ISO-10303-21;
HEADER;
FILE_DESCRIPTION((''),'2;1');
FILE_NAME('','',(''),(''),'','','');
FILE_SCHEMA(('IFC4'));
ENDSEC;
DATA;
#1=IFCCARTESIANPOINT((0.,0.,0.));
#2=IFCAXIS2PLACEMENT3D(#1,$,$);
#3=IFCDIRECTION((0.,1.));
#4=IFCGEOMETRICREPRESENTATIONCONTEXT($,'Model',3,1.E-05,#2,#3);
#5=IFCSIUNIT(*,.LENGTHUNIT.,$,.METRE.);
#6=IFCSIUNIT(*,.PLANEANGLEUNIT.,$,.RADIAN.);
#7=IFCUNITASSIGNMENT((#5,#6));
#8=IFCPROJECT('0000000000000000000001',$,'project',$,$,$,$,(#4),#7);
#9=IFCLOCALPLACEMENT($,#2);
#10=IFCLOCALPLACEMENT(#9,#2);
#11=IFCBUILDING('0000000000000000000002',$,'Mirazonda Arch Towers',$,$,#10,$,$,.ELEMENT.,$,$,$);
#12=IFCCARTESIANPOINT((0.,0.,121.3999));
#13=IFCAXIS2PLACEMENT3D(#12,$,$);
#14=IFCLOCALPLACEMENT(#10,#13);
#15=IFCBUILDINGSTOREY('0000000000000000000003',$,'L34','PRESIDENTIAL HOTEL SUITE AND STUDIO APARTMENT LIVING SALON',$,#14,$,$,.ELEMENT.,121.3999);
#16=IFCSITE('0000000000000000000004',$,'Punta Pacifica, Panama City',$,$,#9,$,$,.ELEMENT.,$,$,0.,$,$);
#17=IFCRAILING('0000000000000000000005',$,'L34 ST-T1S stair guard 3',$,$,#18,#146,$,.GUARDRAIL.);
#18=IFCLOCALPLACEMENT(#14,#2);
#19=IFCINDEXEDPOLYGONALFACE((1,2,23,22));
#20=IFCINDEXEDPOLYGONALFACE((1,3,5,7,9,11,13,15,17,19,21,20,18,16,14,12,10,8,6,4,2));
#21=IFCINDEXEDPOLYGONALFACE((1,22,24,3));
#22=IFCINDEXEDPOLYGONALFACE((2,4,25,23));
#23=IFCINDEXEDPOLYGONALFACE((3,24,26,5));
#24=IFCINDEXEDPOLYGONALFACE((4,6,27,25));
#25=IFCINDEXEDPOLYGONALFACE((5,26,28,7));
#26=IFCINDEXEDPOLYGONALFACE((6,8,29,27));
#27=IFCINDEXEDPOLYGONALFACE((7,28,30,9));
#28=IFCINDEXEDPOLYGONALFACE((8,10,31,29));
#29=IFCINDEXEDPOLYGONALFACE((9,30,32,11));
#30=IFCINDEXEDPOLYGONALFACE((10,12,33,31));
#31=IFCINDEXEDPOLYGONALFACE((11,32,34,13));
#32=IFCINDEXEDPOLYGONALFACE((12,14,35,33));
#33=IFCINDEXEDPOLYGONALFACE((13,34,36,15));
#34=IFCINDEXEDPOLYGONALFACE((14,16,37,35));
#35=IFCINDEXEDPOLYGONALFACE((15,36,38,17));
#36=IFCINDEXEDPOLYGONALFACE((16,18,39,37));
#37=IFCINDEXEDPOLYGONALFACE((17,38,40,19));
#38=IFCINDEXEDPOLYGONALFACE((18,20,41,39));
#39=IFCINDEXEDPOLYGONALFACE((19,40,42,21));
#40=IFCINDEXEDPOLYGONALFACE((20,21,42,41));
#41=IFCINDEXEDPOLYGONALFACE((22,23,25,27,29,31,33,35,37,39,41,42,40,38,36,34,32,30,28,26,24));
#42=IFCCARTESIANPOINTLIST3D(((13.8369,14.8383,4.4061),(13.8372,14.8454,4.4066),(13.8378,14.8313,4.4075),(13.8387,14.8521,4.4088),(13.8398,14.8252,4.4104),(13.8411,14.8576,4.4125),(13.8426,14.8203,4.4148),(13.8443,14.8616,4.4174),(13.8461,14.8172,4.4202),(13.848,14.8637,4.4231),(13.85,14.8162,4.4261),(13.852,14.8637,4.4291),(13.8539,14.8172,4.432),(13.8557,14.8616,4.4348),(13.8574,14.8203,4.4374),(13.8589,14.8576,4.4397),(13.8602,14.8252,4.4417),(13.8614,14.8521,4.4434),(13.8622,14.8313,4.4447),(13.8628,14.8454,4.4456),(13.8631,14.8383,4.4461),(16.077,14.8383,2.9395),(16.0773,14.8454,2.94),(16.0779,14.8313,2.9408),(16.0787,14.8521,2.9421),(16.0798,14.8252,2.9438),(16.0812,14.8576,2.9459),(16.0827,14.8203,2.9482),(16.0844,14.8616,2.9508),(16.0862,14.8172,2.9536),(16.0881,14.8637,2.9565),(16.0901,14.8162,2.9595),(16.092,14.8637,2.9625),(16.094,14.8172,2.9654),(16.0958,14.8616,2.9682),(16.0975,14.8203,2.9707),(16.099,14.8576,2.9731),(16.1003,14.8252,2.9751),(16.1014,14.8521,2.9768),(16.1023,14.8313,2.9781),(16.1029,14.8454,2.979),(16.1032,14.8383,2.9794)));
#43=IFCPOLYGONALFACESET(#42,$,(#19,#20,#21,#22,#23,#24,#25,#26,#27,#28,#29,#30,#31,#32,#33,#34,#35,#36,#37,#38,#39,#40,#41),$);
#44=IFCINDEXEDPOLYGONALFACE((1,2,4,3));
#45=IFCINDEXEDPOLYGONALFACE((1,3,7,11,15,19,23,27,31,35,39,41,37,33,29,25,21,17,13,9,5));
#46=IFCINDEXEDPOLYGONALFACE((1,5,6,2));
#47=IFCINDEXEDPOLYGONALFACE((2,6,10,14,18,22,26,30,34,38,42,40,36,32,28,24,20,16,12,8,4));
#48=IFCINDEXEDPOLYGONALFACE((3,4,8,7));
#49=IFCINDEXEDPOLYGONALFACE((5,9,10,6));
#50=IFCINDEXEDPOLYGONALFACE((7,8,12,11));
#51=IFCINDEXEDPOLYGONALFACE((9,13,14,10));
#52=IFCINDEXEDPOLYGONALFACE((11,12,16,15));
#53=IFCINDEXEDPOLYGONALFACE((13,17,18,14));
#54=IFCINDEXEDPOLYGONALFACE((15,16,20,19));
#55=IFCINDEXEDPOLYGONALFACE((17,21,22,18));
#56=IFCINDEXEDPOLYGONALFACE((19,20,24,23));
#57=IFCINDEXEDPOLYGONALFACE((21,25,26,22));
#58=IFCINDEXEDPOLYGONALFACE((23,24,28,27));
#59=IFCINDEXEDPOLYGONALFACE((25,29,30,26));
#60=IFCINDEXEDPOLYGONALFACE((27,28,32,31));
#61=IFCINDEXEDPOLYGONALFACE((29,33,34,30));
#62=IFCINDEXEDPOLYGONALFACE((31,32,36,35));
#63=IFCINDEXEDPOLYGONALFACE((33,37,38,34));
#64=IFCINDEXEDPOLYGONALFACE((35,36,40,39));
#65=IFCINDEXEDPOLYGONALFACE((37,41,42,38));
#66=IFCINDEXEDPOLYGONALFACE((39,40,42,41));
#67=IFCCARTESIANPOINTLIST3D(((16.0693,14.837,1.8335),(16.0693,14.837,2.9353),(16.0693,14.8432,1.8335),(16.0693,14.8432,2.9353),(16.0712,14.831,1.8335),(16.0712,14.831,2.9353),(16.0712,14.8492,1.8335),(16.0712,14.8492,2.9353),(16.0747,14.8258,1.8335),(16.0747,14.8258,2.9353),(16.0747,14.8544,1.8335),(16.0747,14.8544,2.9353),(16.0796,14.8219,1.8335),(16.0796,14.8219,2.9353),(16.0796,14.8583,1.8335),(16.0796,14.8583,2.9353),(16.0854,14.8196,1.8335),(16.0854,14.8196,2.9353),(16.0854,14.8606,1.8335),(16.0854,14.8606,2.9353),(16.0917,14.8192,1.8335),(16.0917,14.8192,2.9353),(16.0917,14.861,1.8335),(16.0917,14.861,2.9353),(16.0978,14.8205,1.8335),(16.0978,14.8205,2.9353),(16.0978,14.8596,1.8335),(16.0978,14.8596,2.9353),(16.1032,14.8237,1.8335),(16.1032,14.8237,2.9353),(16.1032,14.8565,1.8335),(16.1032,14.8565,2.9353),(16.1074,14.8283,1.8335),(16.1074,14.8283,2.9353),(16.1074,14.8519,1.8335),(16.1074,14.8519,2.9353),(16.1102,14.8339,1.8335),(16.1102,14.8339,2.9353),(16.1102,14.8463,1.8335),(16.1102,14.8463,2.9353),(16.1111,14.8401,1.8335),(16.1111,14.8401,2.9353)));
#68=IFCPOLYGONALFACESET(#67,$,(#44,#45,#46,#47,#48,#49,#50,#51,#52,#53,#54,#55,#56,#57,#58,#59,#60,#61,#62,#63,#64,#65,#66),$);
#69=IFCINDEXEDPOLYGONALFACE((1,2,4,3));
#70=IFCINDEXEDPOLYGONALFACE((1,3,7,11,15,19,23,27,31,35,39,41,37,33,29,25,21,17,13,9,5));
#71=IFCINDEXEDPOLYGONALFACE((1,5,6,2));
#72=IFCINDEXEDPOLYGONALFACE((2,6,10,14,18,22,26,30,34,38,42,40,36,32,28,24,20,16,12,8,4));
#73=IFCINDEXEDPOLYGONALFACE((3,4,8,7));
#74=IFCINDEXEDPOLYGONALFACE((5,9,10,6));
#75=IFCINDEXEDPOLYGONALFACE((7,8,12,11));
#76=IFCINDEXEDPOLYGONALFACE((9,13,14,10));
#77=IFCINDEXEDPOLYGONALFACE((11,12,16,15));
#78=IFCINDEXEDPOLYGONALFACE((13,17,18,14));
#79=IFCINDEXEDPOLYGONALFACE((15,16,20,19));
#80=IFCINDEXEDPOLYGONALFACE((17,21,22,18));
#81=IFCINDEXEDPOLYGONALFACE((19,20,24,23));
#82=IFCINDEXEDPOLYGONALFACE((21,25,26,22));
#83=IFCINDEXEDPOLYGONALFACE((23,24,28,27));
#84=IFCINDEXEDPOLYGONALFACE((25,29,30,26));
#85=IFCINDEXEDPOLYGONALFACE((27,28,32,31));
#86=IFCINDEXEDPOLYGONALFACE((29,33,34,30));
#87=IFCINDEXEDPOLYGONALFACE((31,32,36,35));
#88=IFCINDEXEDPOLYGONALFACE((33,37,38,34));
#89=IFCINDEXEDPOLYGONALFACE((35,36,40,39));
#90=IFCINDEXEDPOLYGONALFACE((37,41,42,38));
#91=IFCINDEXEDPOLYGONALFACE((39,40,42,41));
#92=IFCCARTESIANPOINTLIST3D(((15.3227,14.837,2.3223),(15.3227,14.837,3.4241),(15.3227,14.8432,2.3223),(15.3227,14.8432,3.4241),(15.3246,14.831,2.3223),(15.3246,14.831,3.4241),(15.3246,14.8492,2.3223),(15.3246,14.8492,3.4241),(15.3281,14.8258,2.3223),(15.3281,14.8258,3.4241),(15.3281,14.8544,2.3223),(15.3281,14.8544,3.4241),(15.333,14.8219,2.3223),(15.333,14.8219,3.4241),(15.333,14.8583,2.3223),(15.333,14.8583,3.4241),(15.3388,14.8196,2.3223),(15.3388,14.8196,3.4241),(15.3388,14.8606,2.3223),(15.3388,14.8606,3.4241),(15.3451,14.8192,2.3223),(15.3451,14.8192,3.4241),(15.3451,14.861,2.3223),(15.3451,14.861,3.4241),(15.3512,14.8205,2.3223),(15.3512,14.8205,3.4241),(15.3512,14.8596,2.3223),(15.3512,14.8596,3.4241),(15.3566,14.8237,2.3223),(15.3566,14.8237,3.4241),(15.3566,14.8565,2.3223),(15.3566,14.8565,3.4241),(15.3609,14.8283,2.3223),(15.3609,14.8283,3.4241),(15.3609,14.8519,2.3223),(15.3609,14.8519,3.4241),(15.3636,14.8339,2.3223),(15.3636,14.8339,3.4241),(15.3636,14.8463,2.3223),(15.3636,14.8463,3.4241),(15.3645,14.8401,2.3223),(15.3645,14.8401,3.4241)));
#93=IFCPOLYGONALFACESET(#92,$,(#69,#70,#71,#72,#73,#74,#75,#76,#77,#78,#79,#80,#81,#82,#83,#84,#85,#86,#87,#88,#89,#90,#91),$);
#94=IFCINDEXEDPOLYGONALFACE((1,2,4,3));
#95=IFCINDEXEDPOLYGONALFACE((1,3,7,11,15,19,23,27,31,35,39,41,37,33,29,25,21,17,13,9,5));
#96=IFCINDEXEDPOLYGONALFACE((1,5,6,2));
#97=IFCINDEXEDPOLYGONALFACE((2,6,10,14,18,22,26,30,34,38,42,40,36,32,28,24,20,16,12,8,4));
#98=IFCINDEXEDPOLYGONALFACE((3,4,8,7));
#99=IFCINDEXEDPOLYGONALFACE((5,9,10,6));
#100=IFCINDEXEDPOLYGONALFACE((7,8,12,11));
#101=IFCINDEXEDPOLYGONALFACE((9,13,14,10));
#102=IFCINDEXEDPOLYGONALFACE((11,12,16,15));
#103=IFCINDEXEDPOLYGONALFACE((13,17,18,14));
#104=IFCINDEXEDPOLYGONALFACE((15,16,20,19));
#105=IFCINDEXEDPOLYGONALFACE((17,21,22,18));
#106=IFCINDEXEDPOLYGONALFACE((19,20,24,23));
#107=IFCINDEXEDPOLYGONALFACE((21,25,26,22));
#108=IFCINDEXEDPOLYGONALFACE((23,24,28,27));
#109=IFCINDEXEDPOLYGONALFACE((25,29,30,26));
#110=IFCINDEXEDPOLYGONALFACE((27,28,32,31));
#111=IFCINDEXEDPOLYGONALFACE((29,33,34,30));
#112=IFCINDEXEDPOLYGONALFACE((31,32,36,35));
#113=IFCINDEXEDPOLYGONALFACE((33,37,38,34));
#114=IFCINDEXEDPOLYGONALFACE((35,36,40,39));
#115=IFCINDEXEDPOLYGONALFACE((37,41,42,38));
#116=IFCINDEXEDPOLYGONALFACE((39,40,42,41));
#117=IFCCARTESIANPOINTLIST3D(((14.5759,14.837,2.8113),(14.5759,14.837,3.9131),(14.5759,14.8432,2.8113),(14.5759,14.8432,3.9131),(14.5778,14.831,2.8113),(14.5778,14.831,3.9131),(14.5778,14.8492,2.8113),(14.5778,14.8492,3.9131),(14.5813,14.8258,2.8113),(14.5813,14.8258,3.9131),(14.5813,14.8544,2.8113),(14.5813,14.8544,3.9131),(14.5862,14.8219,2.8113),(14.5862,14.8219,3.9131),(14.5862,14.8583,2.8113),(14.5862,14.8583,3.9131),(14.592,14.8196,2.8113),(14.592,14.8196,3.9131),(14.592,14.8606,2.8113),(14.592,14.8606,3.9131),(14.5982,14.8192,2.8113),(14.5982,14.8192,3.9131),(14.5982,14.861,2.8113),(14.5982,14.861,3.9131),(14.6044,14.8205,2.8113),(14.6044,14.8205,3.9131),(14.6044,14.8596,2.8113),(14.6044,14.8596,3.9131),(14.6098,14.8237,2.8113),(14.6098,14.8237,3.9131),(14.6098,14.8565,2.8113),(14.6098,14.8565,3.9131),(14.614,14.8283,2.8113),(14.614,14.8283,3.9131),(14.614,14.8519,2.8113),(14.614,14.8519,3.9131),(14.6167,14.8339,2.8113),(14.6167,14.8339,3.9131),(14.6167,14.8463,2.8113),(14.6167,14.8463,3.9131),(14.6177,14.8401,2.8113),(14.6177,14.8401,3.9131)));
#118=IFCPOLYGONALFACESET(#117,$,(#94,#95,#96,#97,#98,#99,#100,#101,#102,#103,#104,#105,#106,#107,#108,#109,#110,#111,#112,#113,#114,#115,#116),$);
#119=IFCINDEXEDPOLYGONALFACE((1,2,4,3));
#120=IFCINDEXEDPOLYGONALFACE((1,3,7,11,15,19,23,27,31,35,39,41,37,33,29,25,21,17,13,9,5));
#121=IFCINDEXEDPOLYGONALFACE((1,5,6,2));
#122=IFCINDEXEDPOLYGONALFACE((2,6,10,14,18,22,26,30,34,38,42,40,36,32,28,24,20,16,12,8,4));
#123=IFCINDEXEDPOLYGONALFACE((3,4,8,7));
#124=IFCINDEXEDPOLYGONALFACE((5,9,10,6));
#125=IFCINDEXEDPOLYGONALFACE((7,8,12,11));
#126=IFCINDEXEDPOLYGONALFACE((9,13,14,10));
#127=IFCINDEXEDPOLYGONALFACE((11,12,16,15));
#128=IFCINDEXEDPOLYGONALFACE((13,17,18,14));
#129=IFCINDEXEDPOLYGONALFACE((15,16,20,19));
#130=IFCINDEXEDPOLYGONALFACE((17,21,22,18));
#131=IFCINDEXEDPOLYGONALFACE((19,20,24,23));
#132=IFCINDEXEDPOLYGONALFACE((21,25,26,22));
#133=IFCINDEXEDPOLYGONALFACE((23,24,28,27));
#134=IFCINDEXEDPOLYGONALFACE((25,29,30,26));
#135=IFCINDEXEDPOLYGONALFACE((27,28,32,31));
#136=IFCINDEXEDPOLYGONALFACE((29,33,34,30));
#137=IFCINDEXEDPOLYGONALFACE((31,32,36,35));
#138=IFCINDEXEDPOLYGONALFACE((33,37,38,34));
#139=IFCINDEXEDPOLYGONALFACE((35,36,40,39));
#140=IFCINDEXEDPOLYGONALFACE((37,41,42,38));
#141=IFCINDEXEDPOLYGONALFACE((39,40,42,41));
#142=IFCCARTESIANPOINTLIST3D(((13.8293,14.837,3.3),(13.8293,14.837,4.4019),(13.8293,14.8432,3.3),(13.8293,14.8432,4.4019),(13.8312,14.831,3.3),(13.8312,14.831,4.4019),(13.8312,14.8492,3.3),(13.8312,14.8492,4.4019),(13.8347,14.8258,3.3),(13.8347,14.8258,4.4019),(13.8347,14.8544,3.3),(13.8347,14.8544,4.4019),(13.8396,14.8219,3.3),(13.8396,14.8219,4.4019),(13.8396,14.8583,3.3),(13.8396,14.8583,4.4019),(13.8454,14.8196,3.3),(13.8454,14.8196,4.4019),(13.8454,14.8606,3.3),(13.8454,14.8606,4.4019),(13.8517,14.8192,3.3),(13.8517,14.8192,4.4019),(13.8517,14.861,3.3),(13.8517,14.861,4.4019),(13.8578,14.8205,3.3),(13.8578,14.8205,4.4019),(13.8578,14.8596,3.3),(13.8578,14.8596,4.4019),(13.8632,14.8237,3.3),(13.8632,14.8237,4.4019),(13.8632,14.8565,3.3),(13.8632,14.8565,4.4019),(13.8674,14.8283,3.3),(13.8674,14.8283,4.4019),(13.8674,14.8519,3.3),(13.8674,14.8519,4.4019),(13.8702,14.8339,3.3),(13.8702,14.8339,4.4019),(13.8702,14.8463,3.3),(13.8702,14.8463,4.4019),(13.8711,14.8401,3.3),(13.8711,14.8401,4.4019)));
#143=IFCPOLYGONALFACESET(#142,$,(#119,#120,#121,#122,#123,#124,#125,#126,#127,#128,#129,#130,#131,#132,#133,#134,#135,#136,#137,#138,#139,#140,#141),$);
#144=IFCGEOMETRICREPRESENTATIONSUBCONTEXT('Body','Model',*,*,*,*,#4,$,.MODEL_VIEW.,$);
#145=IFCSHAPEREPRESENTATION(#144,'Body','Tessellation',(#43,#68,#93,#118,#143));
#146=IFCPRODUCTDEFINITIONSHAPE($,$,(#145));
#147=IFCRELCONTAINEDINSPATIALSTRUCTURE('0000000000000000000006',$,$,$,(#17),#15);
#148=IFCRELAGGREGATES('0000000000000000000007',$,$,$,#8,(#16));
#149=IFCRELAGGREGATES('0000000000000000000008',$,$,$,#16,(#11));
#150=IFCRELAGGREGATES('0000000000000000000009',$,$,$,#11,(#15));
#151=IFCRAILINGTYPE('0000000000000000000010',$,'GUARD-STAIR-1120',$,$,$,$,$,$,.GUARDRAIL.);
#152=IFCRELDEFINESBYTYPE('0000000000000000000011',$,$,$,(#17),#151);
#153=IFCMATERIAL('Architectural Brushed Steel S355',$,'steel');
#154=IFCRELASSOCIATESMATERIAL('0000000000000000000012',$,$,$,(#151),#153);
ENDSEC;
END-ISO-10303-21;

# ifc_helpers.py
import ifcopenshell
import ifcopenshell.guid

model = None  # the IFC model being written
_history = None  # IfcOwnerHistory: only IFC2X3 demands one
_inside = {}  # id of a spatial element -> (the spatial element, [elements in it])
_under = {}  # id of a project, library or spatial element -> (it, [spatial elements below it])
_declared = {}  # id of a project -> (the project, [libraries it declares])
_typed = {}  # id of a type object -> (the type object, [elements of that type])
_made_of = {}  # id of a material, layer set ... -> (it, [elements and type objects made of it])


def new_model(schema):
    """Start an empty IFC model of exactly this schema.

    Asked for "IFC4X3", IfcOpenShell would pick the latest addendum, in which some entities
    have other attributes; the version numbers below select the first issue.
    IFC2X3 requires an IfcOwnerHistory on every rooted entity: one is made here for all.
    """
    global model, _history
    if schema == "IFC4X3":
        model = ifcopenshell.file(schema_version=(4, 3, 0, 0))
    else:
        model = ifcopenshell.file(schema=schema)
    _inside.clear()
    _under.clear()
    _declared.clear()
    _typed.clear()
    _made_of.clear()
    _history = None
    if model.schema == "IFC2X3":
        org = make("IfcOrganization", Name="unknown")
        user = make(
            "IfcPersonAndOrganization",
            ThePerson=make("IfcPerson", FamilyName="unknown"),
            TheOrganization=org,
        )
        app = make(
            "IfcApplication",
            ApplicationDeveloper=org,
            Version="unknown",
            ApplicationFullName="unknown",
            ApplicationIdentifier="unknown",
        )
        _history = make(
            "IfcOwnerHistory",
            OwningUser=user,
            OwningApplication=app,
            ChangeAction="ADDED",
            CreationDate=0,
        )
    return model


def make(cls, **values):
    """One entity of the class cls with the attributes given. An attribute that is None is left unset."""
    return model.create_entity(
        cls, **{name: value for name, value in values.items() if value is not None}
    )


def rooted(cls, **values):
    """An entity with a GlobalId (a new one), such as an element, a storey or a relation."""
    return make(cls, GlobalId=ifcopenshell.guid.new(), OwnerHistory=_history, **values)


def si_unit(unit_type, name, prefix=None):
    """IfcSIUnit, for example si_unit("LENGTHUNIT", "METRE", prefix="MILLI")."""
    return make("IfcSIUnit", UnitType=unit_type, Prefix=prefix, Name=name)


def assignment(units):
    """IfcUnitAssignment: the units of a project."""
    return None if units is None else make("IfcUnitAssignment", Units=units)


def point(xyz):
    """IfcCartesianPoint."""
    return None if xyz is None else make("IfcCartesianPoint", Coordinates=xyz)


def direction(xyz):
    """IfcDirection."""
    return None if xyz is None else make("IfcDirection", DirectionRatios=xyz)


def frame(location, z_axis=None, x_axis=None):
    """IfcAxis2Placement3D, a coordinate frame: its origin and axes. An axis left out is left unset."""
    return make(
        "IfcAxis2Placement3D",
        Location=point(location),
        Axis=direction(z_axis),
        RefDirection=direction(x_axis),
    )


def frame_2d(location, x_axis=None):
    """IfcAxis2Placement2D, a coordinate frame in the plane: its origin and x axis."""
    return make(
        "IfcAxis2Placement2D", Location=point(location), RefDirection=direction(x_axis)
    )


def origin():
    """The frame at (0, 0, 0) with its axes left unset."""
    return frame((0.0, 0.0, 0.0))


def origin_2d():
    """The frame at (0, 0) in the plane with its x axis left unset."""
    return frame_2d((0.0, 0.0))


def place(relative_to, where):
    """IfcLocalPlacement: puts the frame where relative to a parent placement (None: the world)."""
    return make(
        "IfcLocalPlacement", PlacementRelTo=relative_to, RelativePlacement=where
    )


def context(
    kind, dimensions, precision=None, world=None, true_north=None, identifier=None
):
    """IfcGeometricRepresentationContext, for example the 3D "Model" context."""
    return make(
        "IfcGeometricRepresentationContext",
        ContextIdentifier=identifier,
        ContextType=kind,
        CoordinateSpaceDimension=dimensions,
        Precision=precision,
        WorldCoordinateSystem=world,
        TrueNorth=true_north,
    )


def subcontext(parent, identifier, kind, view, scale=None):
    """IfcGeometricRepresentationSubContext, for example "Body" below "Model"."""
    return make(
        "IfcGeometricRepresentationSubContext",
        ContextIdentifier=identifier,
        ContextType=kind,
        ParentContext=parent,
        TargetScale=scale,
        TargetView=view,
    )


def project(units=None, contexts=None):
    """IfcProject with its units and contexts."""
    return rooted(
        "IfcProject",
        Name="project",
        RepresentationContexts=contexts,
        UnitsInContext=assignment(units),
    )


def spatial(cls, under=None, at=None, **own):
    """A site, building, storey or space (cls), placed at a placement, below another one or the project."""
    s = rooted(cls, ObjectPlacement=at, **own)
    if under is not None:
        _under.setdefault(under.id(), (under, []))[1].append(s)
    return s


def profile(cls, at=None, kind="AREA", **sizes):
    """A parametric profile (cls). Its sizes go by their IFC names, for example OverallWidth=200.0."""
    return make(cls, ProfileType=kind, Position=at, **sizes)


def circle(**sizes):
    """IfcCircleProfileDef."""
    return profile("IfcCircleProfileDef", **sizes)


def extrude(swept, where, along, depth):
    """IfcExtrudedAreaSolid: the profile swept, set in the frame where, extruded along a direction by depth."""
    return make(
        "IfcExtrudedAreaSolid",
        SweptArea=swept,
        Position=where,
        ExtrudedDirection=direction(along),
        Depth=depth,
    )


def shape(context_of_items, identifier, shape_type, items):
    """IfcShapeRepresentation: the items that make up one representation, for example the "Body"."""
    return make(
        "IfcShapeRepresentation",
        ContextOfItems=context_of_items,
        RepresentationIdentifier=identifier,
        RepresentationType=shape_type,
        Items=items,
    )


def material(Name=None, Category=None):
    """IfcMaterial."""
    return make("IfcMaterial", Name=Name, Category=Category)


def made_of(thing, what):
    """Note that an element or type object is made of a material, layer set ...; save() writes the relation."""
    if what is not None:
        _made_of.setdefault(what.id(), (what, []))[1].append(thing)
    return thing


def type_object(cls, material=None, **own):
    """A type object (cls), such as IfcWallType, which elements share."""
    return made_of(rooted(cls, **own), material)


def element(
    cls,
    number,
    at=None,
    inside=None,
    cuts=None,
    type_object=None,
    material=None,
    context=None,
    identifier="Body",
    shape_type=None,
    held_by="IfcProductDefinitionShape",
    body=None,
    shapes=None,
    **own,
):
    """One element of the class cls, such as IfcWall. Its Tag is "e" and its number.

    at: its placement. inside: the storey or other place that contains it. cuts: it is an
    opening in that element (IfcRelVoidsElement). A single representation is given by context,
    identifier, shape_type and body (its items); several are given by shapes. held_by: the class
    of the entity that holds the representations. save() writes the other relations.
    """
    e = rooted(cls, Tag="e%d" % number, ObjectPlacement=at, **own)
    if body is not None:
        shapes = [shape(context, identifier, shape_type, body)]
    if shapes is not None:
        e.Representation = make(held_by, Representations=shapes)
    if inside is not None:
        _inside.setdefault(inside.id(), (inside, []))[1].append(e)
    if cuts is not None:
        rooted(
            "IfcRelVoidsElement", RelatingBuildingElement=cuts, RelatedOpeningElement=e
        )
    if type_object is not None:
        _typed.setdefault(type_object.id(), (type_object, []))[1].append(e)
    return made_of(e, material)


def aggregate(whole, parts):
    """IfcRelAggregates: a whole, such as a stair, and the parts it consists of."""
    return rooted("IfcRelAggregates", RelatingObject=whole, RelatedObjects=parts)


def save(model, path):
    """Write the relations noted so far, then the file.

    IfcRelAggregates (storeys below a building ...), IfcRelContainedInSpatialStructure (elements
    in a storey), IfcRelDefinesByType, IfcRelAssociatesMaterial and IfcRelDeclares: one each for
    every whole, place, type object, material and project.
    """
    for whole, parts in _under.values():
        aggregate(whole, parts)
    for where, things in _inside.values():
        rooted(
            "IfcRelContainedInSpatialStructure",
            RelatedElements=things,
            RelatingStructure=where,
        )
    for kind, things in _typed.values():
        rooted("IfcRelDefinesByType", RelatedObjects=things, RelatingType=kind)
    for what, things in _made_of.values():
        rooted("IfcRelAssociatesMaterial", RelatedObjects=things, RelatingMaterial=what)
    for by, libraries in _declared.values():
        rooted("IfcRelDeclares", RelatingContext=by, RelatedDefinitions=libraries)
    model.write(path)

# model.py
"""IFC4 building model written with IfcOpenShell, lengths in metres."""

from ifc_helpers import new_model, si_unit, direction, frame, origin, origin_2d, place, context, subcontext, project, spatial, circle, extrude, material, type_object, element, save


model = new_model("IFC4")

# Units and contexts
model_context = context("Model", 3, precision=1e-05, world=origin(), true_north=direction((0.0, 1.0)))
body_context = subcontext(model_context, "Body", "Model", "MODEL_VIEW")
ifc_project = project(units=[si_unit("LENGTHUNIT", "METRE"), si_unit("PLANEANGLEUNIT", "RADIAN")], contexts=[model_context])

# Site, building, storey
site_placement = place(None, origin())
site = spatial("IfcSite", under=ifc_project, at=site_placement, Name="Punta Pacifica, Panama City", CompositionType="ELEMENT", RefElevation=0.0)
building_placement = place(site_placement, origin())
building = spatial("IfcBuilding", under=site, at=building_placement, Name="Mirazonda Arch Towers", CompositionType="ELEMENT")
storey_placement = place(building_placement, frame((0.0, 0.0, 121.3999)))
storey = spatial("IfcBuildingStorey", under=building, at=storey_placement, Name="L34", Description="PRESIDENTIAL HOTEL SUITE AND STUDIO APARTMENT LIVING SALON", CompositionType="ELEMENT", Elevation=121.3999)

# Shared definitions
ifc_material_1 = material(Name="Architectural Brushed Steel S355", Category="steel")

# Railing
railing_type_1 = type_object("IfcRailingType", Name="GUARD-STAIR-1120", PredefinedType="GUARDRAIL", material=ifc_material_1)
railing_1_placement = place(storey_placement, frame((16.0901, 14.8401, 1.8335)))
element("IfcRailing", 1, at=railing_1_placement, inside=storey, type_object=railing_type_1, Name="L34 ST-T1S stair guard 3", PredefinedType="GUARDRAIL", context=body_context, shape_type="SweptSolid", body=[
    extrude(circle(Radius=0.0239, at=origin_2d()), frame((0.0, 0.0, 1.126), z_axis=(-0.836637, 0.0, 0.547758), x_axis=(0.0, -1.0, 0.0)), (0.0, 0.0, 1.0), 2.6775),
    extrude(circle(Radius=0.021, at=origin_2d()), origin(), (0.0, 0.0, 1.0), 1.1018),
    extrude(circle(Radius=0.021, at=origin_2d()), frame((-0.7466, 0.0, 0.4888)), (0.0, 0.0, 1.0), 1.1018),
    extrude(circle(Radius=0.021, at=origin_2d()), frame((-1.4934, 0.0, 0.9778)), (0.0, 0.0, 1.0), 1.1018),
    extrude(circle(Radius=0.021, at=origin_2d()), frame((-2.24, 0.0, 1.4666)), (0.0, 0.0, 1.0), 1.1018),
])

save(model, "model.ifc")
